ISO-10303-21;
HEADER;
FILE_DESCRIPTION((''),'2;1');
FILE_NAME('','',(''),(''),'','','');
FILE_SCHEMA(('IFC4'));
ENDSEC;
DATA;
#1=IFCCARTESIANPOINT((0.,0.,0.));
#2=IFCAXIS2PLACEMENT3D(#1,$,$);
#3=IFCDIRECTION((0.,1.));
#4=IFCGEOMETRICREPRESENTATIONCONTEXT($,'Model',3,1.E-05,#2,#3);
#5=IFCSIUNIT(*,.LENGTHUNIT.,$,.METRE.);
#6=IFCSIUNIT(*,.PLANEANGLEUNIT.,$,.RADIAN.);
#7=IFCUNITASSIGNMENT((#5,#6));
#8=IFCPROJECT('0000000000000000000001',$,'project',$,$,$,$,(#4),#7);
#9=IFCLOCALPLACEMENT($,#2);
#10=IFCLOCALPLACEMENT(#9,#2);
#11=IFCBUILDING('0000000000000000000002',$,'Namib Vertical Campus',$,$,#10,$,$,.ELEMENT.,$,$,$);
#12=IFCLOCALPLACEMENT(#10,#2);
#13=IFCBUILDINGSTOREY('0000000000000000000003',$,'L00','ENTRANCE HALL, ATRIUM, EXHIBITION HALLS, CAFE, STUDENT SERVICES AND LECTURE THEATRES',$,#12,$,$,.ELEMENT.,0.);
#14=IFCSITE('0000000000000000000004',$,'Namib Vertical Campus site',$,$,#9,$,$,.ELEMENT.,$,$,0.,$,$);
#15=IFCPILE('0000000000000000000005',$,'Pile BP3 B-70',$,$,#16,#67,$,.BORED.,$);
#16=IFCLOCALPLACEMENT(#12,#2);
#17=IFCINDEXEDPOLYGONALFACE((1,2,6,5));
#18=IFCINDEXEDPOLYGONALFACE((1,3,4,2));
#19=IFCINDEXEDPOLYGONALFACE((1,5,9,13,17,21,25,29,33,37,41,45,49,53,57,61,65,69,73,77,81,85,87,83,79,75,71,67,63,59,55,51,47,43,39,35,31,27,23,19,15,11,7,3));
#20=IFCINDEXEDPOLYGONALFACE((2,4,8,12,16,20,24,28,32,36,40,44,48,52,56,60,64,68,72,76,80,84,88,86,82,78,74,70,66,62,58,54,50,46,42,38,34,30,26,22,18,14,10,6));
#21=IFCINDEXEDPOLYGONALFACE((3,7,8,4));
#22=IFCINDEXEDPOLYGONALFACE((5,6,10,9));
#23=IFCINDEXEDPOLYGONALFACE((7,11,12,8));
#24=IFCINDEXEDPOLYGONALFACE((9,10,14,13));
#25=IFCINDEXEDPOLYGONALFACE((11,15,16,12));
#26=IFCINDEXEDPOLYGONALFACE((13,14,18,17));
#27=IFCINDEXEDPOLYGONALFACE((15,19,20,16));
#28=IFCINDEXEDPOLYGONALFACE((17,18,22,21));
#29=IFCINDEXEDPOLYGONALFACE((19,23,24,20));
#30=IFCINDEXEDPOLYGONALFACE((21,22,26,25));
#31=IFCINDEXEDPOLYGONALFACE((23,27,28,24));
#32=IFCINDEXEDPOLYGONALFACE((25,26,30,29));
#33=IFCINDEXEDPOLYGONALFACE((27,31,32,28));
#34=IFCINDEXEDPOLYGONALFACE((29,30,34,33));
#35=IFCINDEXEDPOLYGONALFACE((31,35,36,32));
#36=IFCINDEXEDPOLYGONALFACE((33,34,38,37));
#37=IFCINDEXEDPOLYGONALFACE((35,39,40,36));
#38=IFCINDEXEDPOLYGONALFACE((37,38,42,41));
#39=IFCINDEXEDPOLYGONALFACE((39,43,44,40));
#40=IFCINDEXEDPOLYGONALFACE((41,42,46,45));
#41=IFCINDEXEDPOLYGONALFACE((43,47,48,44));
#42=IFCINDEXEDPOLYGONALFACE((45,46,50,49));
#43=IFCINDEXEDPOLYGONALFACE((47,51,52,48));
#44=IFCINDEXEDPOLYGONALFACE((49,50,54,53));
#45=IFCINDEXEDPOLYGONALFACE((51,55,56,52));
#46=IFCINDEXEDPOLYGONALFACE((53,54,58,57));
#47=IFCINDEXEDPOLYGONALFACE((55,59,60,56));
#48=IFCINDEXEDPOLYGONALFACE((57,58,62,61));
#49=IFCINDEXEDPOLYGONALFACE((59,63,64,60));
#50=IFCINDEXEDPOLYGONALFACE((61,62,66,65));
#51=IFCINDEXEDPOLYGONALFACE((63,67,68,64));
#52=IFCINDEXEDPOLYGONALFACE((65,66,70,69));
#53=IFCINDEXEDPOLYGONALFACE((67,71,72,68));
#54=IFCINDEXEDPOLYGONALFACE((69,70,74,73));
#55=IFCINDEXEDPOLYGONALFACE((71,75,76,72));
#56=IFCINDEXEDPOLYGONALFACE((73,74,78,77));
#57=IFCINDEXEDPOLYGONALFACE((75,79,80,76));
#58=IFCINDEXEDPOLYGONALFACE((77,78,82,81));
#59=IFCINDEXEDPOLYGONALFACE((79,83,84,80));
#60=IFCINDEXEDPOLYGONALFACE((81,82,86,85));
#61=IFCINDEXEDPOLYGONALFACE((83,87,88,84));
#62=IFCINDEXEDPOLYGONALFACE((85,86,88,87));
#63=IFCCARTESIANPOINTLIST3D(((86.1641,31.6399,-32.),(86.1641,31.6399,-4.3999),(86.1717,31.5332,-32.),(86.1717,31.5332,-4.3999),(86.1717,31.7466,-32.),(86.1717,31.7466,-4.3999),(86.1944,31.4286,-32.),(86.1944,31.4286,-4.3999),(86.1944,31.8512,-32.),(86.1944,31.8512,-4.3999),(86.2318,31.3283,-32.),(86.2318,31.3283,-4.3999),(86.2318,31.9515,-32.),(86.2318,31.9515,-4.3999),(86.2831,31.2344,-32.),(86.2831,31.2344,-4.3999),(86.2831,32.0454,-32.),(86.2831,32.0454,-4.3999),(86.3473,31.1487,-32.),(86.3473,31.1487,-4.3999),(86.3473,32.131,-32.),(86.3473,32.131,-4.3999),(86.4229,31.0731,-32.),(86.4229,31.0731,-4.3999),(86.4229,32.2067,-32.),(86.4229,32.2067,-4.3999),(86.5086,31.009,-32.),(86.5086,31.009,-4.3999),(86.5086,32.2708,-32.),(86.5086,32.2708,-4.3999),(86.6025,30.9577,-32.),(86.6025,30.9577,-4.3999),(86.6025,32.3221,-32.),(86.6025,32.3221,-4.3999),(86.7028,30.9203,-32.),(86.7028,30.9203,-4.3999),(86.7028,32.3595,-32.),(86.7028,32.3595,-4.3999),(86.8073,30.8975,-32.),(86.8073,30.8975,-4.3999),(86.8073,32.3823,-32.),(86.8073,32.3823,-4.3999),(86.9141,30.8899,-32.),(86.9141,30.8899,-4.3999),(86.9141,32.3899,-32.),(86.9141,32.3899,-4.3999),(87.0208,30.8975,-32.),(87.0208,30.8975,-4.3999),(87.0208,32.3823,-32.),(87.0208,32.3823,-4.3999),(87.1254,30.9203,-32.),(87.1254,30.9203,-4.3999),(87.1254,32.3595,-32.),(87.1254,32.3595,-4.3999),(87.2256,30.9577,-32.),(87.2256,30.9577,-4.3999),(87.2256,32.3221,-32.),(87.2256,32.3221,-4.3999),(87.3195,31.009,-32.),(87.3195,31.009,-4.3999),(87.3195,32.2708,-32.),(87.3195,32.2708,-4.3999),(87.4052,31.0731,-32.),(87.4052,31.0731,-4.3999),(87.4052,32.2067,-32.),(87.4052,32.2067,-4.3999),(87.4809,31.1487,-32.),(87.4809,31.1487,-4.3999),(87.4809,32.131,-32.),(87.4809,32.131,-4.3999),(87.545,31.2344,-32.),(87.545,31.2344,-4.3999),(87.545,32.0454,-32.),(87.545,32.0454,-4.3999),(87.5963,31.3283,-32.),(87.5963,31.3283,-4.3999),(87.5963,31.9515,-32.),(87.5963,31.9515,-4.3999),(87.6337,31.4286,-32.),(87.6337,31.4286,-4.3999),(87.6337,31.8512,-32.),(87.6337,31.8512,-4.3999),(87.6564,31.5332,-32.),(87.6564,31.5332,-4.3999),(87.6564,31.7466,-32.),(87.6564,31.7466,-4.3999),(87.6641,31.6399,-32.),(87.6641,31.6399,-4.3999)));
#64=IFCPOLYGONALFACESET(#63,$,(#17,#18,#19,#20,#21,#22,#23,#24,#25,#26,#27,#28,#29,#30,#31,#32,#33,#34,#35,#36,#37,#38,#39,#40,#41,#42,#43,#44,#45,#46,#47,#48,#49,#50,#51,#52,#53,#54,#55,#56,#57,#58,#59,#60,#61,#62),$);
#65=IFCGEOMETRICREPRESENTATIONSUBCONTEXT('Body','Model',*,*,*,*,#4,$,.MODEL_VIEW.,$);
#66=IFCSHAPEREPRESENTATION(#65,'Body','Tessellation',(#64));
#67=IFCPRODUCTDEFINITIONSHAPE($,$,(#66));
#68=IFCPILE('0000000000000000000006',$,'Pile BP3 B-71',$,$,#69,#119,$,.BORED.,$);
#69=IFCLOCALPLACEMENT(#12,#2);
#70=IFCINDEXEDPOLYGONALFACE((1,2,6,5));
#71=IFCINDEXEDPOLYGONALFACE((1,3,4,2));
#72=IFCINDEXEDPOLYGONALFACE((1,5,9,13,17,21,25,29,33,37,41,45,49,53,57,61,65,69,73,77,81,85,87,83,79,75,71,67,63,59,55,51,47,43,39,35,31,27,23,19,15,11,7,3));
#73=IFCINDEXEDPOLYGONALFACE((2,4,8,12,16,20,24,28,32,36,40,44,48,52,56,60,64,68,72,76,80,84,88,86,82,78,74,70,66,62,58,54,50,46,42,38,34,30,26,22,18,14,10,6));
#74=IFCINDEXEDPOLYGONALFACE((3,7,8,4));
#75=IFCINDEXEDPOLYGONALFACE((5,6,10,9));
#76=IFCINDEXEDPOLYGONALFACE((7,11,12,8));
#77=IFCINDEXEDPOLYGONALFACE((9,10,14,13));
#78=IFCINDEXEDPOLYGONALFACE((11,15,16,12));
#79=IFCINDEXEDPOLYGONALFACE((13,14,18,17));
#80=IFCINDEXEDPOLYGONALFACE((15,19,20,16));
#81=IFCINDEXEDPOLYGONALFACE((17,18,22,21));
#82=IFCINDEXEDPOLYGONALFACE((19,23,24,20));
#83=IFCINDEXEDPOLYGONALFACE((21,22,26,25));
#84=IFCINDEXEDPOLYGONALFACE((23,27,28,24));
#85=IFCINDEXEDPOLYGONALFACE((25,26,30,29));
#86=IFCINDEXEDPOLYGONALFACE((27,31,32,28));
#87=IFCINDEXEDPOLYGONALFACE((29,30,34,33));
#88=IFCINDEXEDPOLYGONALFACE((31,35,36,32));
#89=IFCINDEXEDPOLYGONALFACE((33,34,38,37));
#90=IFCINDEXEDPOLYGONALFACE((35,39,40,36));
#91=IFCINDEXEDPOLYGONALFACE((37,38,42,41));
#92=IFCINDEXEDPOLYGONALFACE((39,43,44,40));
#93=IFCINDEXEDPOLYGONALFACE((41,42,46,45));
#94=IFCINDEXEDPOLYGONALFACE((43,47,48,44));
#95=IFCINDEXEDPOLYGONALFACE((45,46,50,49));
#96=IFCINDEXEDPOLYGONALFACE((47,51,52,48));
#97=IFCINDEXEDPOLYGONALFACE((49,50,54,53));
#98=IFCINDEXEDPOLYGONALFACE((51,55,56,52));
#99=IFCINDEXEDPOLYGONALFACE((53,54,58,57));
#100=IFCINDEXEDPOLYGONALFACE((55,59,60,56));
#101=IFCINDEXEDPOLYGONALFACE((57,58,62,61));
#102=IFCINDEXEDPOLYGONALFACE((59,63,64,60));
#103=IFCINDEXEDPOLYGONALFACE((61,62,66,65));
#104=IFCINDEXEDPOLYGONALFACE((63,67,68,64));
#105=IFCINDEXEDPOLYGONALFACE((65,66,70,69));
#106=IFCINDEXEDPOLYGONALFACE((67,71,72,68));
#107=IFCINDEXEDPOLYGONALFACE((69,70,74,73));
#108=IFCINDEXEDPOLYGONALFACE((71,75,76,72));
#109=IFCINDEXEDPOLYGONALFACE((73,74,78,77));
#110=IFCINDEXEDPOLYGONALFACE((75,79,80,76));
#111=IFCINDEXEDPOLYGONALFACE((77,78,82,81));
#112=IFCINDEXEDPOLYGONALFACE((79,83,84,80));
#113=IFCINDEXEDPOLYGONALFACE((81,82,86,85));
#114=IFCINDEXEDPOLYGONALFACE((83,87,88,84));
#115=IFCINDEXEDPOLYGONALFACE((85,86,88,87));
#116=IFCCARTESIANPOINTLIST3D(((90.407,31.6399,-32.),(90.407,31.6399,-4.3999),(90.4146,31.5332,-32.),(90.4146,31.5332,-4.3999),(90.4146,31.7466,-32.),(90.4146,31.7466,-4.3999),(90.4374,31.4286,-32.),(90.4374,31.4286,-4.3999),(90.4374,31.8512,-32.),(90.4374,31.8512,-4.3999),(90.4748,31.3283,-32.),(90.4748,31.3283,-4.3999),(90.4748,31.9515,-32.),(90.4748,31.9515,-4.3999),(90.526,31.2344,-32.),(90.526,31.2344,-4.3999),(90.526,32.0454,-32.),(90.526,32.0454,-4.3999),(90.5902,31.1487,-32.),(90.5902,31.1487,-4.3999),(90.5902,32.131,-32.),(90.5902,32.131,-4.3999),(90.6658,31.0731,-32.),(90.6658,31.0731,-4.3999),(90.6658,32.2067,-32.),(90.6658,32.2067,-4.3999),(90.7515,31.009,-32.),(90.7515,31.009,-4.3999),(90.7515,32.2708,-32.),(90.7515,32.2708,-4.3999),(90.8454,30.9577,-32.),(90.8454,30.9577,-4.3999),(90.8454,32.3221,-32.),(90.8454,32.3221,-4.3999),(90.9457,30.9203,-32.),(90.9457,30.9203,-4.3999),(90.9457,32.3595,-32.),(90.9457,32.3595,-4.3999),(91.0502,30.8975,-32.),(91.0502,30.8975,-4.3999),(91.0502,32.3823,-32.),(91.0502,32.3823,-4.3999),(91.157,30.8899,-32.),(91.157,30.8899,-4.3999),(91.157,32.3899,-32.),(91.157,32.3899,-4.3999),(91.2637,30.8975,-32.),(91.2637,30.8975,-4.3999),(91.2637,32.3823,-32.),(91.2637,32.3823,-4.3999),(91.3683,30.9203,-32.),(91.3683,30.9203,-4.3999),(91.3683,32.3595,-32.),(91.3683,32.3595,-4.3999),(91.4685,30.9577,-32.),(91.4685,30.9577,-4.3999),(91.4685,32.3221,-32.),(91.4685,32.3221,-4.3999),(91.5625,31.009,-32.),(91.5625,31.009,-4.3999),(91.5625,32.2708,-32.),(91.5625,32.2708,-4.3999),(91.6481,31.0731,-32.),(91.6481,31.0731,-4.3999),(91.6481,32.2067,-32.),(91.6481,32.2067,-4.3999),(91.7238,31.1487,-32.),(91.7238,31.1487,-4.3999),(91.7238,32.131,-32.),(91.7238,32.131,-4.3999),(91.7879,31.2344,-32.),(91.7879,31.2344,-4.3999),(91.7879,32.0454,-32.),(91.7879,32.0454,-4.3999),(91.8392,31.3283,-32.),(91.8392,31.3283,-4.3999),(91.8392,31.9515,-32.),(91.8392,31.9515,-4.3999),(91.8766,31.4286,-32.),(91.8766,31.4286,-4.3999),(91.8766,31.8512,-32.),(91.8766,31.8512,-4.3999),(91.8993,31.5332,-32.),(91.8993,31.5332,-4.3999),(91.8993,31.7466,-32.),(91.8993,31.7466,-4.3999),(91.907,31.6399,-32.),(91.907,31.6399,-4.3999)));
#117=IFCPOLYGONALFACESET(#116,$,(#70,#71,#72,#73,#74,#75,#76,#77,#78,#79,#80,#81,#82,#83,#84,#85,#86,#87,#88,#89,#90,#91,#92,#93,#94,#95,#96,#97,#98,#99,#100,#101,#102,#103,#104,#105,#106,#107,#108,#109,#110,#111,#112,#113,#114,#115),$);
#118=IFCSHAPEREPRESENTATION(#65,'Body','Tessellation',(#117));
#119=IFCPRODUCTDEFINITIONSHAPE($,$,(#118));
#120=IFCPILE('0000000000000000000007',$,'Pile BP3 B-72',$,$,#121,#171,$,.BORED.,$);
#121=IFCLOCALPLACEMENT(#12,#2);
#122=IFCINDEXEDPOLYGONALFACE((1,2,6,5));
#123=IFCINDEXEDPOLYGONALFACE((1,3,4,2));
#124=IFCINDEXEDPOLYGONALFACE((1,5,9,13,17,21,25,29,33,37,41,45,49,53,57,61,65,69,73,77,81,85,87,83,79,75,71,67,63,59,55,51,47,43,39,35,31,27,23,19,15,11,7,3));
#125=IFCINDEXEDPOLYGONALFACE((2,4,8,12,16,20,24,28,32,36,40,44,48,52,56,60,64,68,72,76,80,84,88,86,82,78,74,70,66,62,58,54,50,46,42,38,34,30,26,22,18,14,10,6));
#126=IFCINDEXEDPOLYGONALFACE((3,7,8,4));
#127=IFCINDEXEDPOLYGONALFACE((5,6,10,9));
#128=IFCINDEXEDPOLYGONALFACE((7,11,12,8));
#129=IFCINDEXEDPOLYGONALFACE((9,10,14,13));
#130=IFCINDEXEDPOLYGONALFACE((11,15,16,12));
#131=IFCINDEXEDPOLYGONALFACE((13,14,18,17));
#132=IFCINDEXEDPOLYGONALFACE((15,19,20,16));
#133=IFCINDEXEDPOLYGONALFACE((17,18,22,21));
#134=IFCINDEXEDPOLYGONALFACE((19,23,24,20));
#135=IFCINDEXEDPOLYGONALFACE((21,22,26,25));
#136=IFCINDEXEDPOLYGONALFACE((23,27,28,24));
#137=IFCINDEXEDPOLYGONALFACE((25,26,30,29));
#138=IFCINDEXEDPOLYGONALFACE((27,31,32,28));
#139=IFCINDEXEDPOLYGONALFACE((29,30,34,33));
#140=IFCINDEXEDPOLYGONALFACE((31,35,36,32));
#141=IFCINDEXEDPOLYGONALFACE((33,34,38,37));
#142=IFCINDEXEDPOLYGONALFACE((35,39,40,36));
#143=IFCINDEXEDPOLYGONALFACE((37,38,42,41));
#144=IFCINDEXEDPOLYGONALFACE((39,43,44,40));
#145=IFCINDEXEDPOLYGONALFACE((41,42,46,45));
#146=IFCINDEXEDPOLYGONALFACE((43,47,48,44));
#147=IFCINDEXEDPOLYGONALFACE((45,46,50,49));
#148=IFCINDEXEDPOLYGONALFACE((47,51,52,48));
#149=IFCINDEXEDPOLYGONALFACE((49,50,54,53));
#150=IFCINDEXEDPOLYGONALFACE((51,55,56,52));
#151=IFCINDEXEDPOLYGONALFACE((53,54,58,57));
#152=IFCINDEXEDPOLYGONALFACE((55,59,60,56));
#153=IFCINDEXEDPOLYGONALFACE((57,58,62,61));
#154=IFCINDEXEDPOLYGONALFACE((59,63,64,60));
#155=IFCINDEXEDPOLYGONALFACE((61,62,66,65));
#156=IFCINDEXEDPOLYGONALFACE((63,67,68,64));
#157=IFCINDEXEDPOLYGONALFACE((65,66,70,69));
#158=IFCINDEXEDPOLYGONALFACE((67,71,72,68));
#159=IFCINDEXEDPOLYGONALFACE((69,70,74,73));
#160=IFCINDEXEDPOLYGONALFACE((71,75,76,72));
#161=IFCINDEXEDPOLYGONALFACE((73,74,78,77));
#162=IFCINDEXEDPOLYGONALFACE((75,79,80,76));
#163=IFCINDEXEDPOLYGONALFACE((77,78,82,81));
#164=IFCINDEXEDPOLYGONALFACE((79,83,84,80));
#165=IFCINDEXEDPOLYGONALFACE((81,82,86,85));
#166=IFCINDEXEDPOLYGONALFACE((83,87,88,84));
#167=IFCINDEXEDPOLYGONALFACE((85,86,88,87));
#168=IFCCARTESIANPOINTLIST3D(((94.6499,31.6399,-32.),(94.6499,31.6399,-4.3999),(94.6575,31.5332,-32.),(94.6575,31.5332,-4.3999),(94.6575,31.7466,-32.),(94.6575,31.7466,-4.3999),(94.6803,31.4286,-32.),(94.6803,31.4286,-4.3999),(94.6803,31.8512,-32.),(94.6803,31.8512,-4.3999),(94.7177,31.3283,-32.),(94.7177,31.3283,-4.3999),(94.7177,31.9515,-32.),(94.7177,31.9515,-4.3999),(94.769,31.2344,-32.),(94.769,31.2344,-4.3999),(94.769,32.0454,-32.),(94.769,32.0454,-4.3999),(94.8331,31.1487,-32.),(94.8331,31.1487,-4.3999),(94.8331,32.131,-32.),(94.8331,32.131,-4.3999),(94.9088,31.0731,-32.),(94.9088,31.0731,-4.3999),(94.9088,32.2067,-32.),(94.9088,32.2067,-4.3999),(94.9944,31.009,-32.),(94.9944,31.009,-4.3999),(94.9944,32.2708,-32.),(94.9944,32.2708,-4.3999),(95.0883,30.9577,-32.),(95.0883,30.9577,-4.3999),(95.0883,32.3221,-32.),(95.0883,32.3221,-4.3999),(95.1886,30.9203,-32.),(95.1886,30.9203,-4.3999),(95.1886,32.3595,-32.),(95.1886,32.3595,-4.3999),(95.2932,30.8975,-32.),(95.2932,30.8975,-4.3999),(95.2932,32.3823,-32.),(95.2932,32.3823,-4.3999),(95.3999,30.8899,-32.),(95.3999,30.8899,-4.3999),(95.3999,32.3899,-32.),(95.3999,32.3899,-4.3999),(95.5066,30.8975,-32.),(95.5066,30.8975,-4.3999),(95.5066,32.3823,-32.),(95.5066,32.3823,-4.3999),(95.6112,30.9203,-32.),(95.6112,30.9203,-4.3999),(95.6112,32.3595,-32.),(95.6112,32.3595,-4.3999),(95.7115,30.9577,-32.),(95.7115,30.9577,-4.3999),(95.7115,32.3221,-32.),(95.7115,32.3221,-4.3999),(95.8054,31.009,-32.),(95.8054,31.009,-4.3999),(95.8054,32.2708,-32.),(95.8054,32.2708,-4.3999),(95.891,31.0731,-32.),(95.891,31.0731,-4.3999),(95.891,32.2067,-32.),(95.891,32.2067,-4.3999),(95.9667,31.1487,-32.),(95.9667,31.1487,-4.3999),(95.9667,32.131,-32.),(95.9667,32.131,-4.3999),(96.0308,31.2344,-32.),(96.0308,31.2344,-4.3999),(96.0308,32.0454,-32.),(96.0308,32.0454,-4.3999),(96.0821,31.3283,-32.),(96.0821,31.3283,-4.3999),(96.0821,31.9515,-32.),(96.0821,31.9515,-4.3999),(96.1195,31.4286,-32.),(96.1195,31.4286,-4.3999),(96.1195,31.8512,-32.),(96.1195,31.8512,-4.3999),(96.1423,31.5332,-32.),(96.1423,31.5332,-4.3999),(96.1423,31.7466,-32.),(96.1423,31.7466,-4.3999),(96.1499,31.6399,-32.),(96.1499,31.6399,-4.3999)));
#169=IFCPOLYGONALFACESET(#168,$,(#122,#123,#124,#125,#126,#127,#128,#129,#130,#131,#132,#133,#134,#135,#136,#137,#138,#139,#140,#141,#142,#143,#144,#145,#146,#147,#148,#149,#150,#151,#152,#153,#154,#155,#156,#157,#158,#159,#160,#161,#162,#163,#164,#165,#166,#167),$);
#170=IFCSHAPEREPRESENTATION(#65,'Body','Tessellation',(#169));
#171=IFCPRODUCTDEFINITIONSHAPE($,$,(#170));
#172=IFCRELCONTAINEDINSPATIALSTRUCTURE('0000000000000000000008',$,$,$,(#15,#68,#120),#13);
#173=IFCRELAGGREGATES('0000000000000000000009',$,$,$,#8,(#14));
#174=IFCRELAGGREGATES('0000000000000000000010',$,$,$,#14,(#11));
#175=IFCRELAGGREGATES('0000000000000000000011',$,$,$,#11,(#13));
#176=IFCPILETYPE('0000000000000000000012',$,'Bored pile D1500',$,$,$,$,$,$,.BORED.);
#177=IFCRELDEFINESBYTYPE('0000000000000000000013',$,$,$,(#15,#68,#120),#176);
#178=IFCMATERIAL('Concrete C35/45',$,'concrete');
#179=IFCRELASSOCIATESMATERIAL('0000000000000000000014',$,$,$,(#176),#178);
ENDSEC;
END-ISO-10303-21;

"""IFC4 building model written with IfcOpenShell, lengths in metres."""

from ifc_helpers import new_model, si_unit, direction, frame, origin, origin_2d, place, context, subcontext, project, spatial, circle, extrude, material, material_profile, profile_set, type_object, element, save


model = new_model("IFC4")

# Units and contexts
model_context = context("Model", 3, precision=1e-05, world=origin(), true_north=direction((0.0, 1.0)))
body_context = subcontext(model_context, "Body", "Model", "MODEL_VIEW")
ifc_project = project(units=[si_unit("LENGTHUNIT", "METRE"), si_unit("PLANEANGLEUNIT", "RADIAN")], contexts=[model_context])

# Site, building, storey
site_placement = place(None, origin())
site = spatial("IfcSite", under=ifc_project, at=site_placement, Name="Namib Vertical Campus site", CompositionType="ELEMENT", RefElevation=0.0)
building_placement = place(site_placement, origin())
building = spatial("IfcBuilding", under=site, at=building_placement, Name="Namib Vertical Campus", CompositionType="ELEMENT")
storey_placement = place(building_placement, origin())
storey = spatial("IfcBuildingStorey", under=building, at=storey_placement, Name="L00", Description="ENTRANCE HALL, ATRIUM, EXHIBITION HALLS, CAFE, STUDENT SERVICES AND LECTURE THEATRES", CompositionType="ELEMENT", Elevation=0.0)

# Piles
ifc_material_1 = material(Name="Concrete C35/45", Category="concrete")
ifc_material_profile_1 = material_profile(ifc_material_1, circle(Radius=0.75, at=origin_2d()))
ifc_profile_set_1 = profile_set([ifc_material_profile_1], Name="Concrete C35/45")
pile_type = type_object("IfcPileType", Name="Bored pile D1500", PredefinedType="BORED", material=ifc_profile_set_1)
for number, where, z_axis, x_axis, name in (
    (1, (86.9141, 31.6399, -4.3999), (0.0, 0.0, -1.0), (1.0, 0.0, 0.0), "Pile BP3 B-70"),
    (2, (91.157, 31.6399, -4.3999), (0.0, 0.0, -1.0), (1.0, 0.0, 0.0), "Pile BP3 B-71"),
    (3, (95.3999, 31.6399, -4.3999), (0.0, 0.0, -1.0), (1.0, 0.0, 0.0), "Pile BP3 B-72"),
):
    element("IfcPile", number, at=place(storey_placement, frame(where, z_axis=z_axis, x_axis=x_axis)), inside=storey, type_object=pile_type, Name=name, PredefinedType="BORED", context=body_context, shape_type="SweptSolid", body=[
        extrude(circle(Radius=0.75, at=origin_2d()), origin(), (0.0, 0.0, 1.0), 27.6001),
    ])

save(model, "model.ifc")
